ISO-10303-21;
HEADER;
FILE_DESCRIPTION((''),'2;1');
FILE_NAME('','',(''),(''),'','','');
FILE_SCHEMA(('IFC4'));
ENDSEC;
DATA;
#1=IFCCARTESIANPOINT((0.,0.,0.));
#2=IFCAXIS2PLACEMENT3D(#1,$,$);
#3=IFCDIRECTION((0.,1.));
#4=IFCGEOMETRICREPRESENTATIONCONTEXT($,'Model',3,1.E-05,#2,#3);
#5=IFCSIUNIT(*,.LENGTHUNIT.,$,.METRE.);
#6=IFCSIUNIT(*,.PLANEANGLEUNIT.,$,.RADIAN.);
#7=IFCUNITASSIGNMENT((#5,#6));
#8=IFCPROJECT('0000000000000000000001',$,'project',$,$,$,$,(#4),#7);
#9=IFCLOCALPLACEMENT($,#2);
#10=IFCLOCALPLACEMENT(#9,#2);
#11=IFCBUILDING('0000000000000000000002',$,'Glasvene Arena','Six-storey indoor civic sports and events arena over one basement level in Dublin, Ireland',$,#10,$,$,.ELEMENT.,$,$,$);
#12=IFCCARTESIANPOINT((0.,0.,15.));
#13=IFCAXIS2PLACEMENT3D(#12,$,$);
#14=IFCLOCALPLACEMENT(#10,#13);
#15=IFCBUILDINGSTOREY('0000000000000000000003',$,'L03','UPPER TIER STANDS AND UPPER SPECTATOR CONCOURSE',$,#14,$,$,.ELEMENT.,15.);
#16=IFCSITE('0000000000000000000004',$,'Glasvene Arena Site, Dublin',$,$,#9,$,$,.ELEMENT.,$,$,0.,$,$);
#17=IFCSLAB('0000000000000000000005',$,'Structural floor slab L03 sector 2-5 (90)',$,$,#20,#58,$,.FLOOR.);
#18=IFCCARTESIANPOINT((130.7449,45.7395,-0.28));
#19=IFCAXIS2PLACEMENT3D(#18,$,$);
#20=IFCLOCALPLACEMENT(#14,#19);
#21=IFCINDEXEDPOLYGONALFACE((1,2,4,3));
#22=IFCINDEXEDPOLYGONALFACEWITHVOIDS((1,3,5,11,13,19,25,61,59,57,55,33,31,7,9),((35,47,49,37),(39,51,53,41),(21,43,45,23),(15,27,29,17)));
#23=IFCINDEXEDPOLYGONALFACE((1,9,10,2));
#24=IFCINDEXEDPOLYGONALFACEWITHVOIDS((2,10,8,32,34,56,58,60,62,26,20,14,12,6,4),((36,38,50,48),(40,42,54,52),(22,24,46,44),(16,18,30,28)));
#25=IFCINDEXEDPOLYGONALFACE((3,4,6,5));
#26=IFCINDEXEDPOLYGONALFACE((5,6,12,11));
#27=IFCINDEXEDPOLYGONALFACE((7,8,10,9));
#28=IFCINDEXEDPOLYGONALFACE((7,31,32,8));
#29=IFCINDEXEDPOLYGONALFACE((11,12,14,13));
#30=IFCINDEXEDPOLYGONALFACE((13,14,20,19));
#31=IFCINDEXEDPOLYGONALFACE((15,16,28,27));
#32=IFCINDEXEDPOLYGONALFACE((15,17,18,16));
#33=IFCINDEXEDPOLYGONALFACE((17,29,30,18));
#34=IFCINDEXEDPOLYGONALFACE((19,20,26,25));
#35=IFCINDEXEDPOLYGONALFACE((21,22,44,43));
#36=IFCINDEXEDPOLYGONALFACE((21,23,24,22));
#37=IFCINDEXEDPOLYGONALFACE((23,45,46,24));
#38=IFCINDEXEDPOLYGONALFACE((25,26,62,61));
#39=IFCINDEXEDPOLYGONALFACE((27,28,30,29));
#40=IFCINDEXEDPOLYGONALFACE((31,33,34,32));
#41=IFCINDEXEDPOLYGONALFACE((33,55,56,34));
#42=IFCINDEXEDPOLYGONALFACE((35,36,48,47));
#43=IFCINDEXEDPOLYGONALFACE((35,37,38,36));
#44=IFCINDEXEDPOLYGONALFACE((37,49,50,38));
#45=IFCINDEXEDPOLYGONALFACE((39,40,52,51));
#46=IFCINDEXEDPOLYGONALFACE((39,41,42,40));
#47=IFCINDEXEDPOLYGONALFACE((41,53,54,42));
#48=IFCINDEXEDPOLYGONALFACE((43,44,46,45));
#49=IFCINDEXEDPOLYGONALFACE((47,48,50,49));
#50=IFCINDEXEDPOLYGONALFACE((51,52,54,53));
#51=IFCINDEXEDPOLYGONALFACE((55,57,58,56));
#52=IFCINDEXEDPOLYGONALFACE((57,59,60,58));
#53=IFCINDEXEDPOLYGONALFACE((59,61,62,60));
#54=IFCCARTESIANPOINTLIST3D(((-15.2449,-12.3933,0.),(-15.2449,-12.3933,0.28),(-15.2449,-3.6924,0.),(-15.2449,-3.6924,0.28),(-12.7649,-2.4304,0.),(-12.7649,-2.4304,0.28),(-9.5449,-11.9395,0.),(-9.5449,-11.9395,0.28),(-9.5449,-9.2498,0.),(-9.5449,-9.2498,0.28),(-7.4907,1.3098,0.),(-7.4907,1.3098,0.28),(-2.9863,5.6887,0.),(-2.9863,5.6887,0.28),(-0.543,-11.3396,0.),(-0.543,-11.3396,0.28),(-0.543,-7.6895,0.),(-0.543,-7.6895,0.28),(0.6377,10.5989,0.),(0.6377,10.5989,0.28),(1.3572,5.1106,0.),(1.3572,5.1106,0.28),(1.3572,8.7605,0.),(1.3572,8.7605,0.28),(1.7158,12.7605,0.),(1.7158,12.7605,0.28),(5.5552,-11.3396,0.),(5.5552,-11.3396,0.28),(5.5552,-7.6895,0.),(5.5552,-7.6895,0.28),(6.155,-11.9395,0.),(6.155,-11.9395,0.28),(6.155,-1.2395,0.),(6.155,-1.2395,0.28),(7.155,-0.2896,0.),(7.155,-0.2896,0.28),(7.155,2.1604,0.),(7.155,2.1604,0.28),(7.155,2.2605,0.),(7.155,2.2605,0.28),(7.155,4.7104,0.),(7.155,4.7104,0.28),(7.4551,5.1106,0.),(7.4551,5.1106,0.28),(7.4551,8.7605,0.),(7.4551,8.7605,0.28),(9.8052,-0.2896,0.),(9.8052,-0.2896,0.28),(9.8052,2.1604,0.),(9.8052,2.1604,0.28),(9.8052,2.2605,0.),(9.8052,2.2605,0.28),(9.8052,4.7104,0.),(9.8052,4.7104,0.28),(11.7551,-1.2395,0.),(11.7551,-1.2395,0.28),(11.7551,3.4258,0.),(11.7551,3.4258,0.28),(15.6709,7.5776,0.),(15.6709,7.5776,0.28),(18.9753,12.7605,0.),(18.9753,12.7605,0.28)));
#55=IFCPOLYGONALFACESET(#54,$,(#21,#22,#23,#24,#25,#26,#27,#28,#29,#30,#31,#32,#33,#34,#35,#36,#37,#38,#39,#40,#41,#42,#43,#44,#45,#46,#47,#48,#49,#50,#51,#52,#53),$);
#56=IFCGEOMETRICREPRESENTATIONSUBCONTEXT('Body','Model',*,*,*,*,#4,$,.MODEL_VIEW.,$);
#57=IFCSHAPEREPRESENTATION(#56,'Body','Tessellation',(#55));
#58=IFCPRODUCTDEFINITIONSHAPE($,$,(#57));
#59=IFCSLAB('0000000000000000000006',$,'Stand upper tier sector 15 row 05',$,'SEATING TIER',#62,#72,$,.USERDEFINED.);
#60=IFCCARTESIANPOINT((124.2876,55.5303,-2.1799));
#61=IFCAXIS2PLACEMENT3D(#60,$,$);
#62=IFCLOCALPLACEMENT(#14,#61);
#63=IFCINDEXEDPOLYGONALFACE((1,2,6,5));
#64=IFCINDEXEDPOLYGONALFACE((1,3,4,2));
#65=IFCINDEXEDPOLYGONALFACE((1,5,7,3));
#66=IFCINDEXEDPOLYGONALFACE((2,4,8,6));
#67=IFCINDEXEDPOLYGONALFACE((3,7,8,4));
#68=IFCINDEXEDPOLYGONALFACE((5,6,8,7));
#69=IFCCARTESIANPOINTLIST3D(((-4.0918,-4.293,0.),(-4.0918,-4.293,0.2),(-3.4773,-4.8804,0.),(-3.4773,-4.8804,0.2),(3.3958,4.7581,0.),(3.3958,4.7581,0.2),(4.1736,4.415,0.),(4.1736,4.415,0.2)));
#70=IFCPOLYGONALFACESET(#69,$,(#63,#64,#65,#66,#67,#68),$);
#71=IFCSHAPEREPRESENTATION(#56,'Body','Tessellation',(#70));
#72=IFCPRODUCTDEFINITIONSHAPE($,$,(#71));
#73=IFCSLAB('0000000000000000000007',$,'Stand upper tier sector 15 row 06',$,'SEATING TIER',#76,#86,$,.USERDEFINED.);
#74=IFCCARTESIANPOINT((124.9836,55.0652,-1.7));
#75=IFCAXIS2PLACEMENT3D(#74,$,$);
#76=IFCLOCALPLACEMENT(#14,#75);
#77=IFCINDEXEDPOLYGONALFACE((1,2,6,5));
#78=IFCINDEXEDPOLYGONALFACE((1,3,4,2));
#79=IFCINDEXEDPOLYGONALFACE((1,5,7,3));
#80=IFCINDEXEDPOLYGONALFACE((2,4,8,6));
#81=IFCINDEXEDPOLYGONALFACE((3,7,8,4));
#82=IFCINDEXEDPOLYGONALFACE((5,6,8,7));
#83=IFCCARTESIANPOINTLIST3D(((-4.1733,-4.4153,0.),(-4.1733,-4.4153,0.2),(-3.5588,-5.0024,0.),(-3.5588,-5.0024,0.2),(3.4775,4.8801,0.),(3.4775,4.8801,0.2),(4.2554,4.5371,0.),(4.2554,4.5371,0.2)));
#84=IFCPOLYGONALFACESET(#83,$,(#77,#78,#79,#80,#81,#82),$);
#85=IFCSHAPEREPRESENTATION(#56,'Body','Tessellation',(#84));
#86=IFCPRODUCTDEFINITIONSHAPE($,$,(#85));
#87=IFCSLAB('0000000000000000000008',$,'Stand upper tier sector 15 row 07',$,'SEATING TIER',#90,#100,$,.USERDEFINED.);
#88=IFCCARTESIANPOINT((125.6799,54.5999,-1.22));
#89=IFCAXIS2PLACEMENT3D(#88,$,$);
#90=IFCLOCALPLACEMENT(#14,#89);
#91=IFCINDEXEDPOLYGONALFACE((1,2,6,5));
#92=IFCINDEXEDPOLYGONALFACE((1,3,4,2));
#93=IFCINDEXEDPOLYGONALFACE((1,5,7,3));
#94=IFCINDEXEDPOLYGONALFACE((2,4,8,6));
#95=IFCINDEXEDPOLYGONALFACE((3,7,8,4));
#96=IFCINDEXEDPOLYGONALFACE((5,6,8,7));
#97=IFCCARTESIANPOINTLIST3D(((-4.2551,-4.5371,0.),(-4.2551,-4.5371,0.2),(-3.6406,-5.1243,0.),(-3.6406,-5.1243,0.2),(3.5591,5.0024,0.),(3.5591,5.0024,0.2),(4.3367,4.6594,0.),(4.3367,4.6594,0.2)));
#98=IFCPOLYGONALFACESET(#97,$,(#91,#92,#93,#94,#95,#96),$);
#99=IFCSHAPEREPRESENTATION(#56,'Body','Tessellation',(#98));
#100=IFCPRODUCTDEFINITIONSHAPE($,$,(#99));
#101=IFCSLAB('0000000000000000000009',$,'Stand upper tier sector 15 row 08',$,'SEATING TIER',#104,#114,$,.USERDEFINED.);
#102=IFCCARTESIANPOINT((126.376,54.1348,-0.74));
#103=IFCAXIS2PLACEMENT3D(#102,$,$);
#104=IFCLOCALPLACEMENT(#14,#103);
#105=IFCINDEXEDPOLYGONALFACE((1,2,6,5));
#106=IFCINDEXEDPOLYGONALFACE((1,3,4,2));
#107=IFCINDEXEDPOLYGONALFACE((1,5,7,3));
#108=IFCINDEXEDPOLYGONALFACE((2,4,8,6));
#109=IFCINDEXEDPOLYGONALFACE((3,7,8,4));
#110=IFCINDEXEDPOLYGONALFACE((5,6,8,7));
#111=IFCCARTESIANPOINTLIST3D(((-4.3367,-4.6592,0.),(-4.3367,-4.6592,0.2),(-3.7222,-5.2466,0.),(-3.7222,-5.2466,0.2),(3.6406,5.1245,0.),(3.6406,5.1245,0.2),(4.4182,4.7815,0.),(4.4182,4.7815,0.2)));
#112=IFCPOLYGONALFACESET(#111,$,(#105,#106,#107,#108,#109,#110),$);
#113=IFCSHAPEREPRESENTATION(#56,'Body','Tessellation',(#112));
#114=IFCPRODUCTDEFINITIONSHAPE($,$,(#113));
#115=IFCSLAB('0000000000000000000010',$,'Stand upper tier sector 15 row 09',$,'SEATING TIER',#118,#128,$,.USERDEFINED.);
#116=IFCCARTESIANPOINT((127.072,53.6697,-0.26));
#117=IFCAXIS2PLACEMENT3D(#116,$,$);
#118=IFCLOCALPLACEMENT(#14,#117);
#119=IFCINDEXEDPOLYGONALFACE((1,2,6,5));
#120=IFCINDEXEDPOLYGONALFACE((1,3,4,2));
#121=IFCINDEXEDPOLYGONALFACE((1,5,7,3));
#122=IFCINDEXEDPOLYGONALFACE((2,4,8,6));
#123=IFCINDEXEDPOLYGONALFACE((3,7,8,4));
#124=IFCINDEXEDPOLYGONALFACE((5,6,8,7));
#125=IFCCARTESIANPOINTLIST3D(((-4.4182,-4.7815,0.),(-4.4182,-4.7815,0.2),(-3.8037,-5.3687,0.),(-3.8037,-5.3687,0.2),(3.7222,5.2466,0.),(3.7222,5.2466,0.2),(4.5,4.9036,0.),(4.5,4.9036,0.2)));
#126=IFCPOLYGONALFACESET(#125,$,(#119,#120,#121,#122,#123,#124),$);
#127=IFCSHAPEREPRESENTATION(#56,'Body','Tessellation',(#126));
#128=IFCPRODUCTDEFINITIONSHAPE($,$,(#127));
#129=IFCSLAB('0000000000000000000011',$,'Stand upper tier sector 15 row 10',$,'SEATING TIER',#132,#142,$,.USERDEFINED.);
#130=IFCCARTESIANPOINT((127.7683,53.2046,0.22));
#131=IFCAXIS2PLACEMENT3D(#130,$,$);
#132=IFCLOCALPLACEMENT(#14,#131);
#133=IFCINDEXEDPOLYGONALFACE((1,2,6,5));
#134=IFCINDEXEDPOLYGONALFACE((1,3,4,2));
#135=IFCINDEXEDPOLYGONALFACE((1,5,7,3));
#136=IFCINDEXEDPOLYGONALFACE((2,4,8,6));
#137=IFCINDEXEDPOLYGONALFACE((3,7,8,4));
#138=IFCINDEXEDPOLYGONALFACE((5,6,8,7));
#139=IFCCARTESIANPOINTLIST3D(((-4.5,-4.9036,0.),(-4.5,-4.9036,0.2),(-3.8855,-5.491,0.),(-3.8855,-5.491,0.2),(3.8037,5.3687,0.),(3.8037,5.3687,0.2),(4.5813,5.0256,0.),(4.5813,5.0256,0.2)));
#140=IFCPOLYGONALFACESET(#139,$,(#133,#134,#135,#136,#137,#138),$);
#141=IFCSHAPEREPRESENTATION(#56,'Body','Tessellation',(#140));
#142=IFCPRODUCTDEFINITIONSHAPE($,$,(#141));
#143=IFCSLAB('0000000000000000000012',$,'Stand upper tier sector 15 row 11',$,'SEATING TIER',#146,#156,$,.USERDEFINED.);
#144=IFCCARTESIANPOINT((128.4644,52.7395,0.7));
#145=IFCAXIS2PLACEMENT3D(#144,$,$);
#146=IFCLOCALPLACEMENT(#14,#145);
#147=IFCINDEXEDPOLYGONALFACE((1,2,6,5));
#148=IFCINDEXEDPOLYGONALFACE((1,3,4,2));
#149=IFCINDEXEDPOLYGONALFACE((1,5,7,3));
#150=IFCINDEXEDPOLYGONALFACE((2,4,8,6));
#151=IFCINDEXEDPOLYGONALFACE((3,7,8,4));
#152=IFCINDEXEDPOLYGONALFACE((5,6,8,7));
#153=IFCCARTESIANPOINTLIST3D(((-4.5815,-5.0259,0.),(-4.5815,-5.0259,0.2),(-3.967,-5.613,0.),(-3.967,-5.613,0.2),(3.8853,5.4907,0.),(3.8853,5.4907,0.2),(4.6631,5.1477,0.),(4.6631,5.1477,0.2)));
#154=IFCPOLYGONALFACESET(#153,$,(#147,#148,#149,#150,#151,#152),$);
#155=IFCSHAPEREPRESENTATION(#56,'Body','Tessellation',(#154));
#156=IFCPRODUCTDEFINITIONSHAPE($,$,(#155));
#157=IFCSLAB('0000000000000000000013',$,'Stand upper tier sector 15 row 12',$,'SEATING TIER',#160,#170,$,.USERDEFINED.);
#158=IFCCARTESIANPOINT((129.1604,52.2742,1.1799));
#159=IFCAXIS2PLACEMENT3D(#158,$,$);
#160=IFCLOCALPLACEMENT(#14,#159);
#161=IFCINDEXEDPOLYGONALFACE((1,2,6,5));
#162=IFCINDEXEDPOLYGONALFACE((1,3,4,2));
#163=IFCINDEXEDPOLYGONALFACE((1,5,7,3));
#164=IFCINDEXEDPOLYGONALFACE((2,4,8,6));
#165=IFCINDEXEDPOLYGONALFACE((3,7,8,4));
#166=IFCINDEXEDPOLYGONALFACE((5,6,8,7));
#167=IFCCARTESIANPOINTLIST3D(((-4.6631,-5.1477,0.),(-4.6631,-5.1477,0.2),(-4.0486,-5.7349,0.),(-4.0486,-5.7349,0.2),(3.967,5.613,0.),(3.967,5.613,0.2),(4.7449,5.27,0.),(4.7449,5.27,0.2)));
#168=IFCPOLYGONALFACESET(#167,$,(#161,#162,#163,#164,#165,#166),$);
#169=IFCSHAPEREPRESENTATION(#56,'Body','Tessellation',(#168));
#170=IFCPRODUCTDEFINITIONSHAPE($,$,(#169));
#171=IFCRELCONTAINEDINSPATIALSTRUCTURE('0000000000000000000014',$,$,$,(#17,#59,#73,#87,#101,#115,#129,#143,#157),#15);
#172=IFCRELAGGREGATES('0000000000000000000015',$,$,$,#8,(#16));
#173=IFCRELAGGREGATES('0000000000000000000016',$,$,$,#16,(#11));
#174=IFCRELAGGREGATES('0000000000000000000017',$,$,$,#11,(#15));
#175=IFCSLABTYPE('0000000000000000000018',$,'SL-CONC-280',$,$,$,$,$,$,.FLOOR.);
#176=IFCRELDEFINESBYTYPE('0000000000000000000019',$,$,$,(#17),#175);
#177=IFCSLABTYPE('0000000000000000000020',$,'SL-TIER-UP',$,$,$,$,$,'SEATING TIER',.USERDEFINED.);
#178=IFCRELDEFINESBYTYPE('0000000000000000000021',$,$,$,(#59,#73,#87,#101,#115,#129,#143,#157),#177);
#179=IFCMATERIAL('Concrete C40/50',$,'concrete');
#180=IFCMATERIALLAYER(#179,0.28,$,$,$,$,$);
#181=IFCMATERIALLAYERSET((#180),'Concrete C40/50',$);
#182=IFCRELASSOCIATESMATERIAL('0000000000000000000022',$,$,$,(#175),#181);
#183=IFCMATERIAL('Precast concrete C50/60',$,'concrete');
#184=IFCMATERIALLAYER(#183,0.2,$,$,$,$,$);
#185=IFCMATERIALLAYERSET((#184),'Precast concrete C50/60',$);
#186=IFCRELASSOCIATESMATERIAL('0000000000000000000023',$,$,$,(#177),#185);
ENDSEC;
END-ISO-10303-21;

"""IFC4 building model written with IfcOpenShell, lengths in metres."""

from ifc_helpers import new_model, si_unit, direction, frame, origin, place, context, subcontext, project, spatial, polyline, outline, extrude, material, layer, layer_set, type_object, element, save


model = new_model("IFC4")

# Units and contexts
model_context = context("Model", 3, precision=1e-05, world=origin(), true_north=direction((0.0, 1.0)))
body_context = subcontext(model_context, "Body", "Model", "MODEL_VIEW")
ifc_project = project(units=[si_unit("LENGTHUNIT", "METRE"), si_unit("PLANEANGLEUNIT", "RADIAN")], contexts=[model_context])

# Site, building, storey
site_placement = place(None, origin())
site = spatial("IfcSite", under=ifc_project, at=site_placement, Name="Glasvene Arena Site, Dublin", CompositionType="ELEMENT", RefElevation=0.0)
building_placement = place(site_placement, origin())
building = spatial("IfcBuilding", under=site, at=building_placement, Name="Glasvene Arena", Description="Six-storey indoor civic sports and events arena over one basement level in Dublin, Ireland", CompositionType="ELEMENT")
storey_placement = place(building_placement, frame((0.0, 0.0, 15.0)))
storey = spatial("IfcBuildingStorey", under=building, at=storey_placement, Name="L03", Description="UPPER TIER STANDS AND UPPER SPECTATOR CONCOURSE", CompositionType="ELEMENT", Elevation=15.0)

# Shared definitions
ifc_material_1 = material(Name="Precast concrete C50/60", Category="concrete")

# Slabs
ifc_material_2 = material(Name="Concrete C40/50", Category="concrete")
ifc_layer_1 = layer(ifc_material_2, 0.28)
ifc_layer_set_1 = layer_set([ifc_layer_1], Name="Concrete C40/50")
slab_type_1 = type_object("IfcSlabType", Name="SL-CONC-280", PredefinedType="FLOOR", material=ifc_layer_set_1)
slab_1_placement = place(storey_placement, frame((130.7449, 45.7395, -0.28)))
element("IfcSlab", 1, at=slab_1_placement, inside=storey, type_object=slab_type_1, Name="Structural floor slab L03 sector 2-5 (90)", PredefinedType="FLOOR", context=body_context, shape_type="SweptSolid", body=[
    extrude(outline(polyline([(11.7551, -1.2395), (6.155, -1.2395), (6.155, -11.9395), (-9.5449, -11.9395), (-9.5449, -9.2498), (-15.2449, -12.3933), (-15.2449, -3.6924), (-12.7649, -2.4304), (-7.4907, 1.3098), (-2.9863, 5.6887), (0.6377, 10.5989), (1.7158, 12.7605), (18.9753, 12.7605), (15.6709, 7.5776), (11.7551, 3.4258), (11.7551, -1.2395)]), holes=[polyline([(5.5552, -11.3396), (5.5552, -7.6895), (-0.543, -7.6895), (-0.543, -11.3396), (5.5552, -11.3396)]), polyline([(9.8052, -0.2896), (9.8052, 2.1604), (7.155, 2.1604), (7.155, -0.2896), (9.8052, -0.2896)]), polyline([(9.8052, 2.2605), (9.8052, 4.7104), (7.155, 4.7104), (7.155, 2.2605), (9.8052, 2.2605)]), polyline([(7.4551, 5.1106), (7.4551, 8.7605), (1.3572, 8.7605), (1.3572, 5.1106), (7.4551, 5.1106)])]), origin(), (0.0, 0.0, 1.0), 0.28),
])
ifc_layer_2 = layer(ifc_material_1, 0.2)
ifc_layer_set_2 = layer_set([ifc_layer_2], Name="Precast concrete C50/60")
slab_type_2 = type_object("IfcSlabType", Name="SL-TIER-UP", ElementType="SEATING TIER", PredefinedType="USERDEFINED", material=ifc_layer_set_2)
slab_2_placement = place(storey_placement, frame((124.2876, 55.5303, -2.1799)))
element("IfcSlab", 2, at=slab_2_placement, inside=storey, type_object=slab_type_2, Name="Stand upper tier sector 15 row 05", ObjectType="SEATING TIER", PredefinedType="USERDEFINED", context=body_context, shape_type="SweptSolid", body=[
    extrude(outline(polyline([(-4.0918, -4.293), (3.3958, 4.7581), (4.1736, 4.415), (-3.4773, -4.8804), (-4.0918, -4.293)])), origin(), (0.0, 0.0, 1.0), 0.2),
])
slab_3_placement = place(storey_placement, frame((124.9836, 55.0652, -1.7)))
element("IfcSlab", 3, at=slab_3_placement, inside=storey, type_object=slab_type_2, Name="Stand upper tier sector 15 row 06", ObjectType="SEATING TIER", PredefinedType="USERDEFINED", context=body_context, shape_type="SweptSolid", body=[
    extrude(outline(polyline([(-4.1733, -4.4153), (3.4775, 4.8801), (4.2554, 4.5371), (-3.5588, -5.0024), (-4.1733, -4.4153)])), origin(), (0.0, 0.0, 1.0), 0.2),
])
slab_4_placement = place(storey_placement, frame((125.6799, 54.5999, -1.22)))
element("IfcSlab", 4, at=slab_4_placement, inside=storey, type_object=slab_type_2, Name="Stand upper tier sector 15 row 07", ObjectType="SEATING TIER", PredefinedType="USERDEFINED", context=body_context, shape_type="SweptSolid", body=[
    extrude(outline(polyline([(-4.2551, -4.5371), (3.5591, 5.0024), (4.3367, 4.6594), (-3.6406, -5.1243), (-4.2551, -4.5371)])), origin(), (0.0, 0.0, 1.0), 0.2),
])
slab_5_placement = place(storey_placement, frame((126.376, 54.1348, -0.74)))
element("IfcSlab", 5, at=slab_5_placement, inside=storey, type_object=slab_type_2, Name="Stand upper tier sector 15 row 08", ObjectType="SEATING TIER", PredefinedType="USERDEFINED", context=body_context, shape_type="SweptSolid", body=[
    extrude(outline(polyline([(-4.3367, -4.6592), (3.6406, 5.1245), (4.4182, 4.7815), (-3.7222, -5.2466), (-4.3367, -4.6592)])), origin(), (0.0, 0.0, 1.0), 0.2),
])
slab_6_placement = place(storey_placement, frame((127.072, 53.6697, -0.26)))
element("IfcSlab", 6, at=slab_6_placement, inside=storey, type_object=slab_type_2, Name="Stand upper tier sector 15 row 09", ObjectType="SEATING TIER", PredefinedType="USERDEFINED", context=body_context, shape_type="SweptSolid", body=[
    extrude(outline(polyline([(-4.4182, -4.7815), (3.7222, 5.2466), (4.5, 4.9036), (-3.8037, -5.3687), (-4.4182, -4.7815)])), origin(), (0.0, 0.0, 1.0), 0.2),
])
slab_7_placement = place(storey_placement, frame((127.7683, 53.2046, 0.22)))
element("IfcSlab", 7, at=slab_7_placement, inside=storey, type_object=slab_type_2, Name="Stand upper tier sector 15 row 10", ObjectType="SEATING TIER", PredefinedType="USERDEFINED", context=body_context, shape_type="SweptSolid", body=[
    extrude(outline(polyline([(-4.5, -4.9036), (3.8037, 5.3687), (4.5813, 5.0256), (-3.8855, -5.491), (-4.5, -4.9036)])), origin(), (0.0, 0.0, 1.0), 0.2),
])
slab_8_placement = place(storey_placement, frame((128.4644, 52.7395, 0.7)))
element("IfcSlab", 8, at=slab_8_placement, inside=storey, type_object=slab_type_2, Name="Stand upper tier sector 15 row 11", ObjectType="SEATING TIER", PredefinedType="USERDEFINED", context=body_context, shape_type="SweptSolid", body=[
    extrude(outline(polyline([(-4.5815, -5.0259), (3.8853, 5.4907), (4.6631, 5.1477), (-3.967, -5.613), (-4.5815, -5.0259)])), origin(), (0.0, 0.0, 1.0), 0.2),
])
slab_9_placement = place(storey_placement, frame((129.1604, 52.2742, 1.1799)))
element("IfcSlab", 9, at=slab_9_placement, inside=storey, type_object=slab_type_2, Name="Stand upper tier sector 15 row 12", ObjectType="SEATING TIER", PredefinedType="USERDEFINED", context=body_context, shape_type="SweptSolid", body=[
    extrude(outline(polyline([(-4.6631, -5.1477), (3.967, 5.613), (4.7449, 5.27), (-4.0486, -5.7349), (-4.6631, -5.1477)])), origin(), (0.0, 0.0, 1.0), 0.2),
])

save(model, "model.ifc")
